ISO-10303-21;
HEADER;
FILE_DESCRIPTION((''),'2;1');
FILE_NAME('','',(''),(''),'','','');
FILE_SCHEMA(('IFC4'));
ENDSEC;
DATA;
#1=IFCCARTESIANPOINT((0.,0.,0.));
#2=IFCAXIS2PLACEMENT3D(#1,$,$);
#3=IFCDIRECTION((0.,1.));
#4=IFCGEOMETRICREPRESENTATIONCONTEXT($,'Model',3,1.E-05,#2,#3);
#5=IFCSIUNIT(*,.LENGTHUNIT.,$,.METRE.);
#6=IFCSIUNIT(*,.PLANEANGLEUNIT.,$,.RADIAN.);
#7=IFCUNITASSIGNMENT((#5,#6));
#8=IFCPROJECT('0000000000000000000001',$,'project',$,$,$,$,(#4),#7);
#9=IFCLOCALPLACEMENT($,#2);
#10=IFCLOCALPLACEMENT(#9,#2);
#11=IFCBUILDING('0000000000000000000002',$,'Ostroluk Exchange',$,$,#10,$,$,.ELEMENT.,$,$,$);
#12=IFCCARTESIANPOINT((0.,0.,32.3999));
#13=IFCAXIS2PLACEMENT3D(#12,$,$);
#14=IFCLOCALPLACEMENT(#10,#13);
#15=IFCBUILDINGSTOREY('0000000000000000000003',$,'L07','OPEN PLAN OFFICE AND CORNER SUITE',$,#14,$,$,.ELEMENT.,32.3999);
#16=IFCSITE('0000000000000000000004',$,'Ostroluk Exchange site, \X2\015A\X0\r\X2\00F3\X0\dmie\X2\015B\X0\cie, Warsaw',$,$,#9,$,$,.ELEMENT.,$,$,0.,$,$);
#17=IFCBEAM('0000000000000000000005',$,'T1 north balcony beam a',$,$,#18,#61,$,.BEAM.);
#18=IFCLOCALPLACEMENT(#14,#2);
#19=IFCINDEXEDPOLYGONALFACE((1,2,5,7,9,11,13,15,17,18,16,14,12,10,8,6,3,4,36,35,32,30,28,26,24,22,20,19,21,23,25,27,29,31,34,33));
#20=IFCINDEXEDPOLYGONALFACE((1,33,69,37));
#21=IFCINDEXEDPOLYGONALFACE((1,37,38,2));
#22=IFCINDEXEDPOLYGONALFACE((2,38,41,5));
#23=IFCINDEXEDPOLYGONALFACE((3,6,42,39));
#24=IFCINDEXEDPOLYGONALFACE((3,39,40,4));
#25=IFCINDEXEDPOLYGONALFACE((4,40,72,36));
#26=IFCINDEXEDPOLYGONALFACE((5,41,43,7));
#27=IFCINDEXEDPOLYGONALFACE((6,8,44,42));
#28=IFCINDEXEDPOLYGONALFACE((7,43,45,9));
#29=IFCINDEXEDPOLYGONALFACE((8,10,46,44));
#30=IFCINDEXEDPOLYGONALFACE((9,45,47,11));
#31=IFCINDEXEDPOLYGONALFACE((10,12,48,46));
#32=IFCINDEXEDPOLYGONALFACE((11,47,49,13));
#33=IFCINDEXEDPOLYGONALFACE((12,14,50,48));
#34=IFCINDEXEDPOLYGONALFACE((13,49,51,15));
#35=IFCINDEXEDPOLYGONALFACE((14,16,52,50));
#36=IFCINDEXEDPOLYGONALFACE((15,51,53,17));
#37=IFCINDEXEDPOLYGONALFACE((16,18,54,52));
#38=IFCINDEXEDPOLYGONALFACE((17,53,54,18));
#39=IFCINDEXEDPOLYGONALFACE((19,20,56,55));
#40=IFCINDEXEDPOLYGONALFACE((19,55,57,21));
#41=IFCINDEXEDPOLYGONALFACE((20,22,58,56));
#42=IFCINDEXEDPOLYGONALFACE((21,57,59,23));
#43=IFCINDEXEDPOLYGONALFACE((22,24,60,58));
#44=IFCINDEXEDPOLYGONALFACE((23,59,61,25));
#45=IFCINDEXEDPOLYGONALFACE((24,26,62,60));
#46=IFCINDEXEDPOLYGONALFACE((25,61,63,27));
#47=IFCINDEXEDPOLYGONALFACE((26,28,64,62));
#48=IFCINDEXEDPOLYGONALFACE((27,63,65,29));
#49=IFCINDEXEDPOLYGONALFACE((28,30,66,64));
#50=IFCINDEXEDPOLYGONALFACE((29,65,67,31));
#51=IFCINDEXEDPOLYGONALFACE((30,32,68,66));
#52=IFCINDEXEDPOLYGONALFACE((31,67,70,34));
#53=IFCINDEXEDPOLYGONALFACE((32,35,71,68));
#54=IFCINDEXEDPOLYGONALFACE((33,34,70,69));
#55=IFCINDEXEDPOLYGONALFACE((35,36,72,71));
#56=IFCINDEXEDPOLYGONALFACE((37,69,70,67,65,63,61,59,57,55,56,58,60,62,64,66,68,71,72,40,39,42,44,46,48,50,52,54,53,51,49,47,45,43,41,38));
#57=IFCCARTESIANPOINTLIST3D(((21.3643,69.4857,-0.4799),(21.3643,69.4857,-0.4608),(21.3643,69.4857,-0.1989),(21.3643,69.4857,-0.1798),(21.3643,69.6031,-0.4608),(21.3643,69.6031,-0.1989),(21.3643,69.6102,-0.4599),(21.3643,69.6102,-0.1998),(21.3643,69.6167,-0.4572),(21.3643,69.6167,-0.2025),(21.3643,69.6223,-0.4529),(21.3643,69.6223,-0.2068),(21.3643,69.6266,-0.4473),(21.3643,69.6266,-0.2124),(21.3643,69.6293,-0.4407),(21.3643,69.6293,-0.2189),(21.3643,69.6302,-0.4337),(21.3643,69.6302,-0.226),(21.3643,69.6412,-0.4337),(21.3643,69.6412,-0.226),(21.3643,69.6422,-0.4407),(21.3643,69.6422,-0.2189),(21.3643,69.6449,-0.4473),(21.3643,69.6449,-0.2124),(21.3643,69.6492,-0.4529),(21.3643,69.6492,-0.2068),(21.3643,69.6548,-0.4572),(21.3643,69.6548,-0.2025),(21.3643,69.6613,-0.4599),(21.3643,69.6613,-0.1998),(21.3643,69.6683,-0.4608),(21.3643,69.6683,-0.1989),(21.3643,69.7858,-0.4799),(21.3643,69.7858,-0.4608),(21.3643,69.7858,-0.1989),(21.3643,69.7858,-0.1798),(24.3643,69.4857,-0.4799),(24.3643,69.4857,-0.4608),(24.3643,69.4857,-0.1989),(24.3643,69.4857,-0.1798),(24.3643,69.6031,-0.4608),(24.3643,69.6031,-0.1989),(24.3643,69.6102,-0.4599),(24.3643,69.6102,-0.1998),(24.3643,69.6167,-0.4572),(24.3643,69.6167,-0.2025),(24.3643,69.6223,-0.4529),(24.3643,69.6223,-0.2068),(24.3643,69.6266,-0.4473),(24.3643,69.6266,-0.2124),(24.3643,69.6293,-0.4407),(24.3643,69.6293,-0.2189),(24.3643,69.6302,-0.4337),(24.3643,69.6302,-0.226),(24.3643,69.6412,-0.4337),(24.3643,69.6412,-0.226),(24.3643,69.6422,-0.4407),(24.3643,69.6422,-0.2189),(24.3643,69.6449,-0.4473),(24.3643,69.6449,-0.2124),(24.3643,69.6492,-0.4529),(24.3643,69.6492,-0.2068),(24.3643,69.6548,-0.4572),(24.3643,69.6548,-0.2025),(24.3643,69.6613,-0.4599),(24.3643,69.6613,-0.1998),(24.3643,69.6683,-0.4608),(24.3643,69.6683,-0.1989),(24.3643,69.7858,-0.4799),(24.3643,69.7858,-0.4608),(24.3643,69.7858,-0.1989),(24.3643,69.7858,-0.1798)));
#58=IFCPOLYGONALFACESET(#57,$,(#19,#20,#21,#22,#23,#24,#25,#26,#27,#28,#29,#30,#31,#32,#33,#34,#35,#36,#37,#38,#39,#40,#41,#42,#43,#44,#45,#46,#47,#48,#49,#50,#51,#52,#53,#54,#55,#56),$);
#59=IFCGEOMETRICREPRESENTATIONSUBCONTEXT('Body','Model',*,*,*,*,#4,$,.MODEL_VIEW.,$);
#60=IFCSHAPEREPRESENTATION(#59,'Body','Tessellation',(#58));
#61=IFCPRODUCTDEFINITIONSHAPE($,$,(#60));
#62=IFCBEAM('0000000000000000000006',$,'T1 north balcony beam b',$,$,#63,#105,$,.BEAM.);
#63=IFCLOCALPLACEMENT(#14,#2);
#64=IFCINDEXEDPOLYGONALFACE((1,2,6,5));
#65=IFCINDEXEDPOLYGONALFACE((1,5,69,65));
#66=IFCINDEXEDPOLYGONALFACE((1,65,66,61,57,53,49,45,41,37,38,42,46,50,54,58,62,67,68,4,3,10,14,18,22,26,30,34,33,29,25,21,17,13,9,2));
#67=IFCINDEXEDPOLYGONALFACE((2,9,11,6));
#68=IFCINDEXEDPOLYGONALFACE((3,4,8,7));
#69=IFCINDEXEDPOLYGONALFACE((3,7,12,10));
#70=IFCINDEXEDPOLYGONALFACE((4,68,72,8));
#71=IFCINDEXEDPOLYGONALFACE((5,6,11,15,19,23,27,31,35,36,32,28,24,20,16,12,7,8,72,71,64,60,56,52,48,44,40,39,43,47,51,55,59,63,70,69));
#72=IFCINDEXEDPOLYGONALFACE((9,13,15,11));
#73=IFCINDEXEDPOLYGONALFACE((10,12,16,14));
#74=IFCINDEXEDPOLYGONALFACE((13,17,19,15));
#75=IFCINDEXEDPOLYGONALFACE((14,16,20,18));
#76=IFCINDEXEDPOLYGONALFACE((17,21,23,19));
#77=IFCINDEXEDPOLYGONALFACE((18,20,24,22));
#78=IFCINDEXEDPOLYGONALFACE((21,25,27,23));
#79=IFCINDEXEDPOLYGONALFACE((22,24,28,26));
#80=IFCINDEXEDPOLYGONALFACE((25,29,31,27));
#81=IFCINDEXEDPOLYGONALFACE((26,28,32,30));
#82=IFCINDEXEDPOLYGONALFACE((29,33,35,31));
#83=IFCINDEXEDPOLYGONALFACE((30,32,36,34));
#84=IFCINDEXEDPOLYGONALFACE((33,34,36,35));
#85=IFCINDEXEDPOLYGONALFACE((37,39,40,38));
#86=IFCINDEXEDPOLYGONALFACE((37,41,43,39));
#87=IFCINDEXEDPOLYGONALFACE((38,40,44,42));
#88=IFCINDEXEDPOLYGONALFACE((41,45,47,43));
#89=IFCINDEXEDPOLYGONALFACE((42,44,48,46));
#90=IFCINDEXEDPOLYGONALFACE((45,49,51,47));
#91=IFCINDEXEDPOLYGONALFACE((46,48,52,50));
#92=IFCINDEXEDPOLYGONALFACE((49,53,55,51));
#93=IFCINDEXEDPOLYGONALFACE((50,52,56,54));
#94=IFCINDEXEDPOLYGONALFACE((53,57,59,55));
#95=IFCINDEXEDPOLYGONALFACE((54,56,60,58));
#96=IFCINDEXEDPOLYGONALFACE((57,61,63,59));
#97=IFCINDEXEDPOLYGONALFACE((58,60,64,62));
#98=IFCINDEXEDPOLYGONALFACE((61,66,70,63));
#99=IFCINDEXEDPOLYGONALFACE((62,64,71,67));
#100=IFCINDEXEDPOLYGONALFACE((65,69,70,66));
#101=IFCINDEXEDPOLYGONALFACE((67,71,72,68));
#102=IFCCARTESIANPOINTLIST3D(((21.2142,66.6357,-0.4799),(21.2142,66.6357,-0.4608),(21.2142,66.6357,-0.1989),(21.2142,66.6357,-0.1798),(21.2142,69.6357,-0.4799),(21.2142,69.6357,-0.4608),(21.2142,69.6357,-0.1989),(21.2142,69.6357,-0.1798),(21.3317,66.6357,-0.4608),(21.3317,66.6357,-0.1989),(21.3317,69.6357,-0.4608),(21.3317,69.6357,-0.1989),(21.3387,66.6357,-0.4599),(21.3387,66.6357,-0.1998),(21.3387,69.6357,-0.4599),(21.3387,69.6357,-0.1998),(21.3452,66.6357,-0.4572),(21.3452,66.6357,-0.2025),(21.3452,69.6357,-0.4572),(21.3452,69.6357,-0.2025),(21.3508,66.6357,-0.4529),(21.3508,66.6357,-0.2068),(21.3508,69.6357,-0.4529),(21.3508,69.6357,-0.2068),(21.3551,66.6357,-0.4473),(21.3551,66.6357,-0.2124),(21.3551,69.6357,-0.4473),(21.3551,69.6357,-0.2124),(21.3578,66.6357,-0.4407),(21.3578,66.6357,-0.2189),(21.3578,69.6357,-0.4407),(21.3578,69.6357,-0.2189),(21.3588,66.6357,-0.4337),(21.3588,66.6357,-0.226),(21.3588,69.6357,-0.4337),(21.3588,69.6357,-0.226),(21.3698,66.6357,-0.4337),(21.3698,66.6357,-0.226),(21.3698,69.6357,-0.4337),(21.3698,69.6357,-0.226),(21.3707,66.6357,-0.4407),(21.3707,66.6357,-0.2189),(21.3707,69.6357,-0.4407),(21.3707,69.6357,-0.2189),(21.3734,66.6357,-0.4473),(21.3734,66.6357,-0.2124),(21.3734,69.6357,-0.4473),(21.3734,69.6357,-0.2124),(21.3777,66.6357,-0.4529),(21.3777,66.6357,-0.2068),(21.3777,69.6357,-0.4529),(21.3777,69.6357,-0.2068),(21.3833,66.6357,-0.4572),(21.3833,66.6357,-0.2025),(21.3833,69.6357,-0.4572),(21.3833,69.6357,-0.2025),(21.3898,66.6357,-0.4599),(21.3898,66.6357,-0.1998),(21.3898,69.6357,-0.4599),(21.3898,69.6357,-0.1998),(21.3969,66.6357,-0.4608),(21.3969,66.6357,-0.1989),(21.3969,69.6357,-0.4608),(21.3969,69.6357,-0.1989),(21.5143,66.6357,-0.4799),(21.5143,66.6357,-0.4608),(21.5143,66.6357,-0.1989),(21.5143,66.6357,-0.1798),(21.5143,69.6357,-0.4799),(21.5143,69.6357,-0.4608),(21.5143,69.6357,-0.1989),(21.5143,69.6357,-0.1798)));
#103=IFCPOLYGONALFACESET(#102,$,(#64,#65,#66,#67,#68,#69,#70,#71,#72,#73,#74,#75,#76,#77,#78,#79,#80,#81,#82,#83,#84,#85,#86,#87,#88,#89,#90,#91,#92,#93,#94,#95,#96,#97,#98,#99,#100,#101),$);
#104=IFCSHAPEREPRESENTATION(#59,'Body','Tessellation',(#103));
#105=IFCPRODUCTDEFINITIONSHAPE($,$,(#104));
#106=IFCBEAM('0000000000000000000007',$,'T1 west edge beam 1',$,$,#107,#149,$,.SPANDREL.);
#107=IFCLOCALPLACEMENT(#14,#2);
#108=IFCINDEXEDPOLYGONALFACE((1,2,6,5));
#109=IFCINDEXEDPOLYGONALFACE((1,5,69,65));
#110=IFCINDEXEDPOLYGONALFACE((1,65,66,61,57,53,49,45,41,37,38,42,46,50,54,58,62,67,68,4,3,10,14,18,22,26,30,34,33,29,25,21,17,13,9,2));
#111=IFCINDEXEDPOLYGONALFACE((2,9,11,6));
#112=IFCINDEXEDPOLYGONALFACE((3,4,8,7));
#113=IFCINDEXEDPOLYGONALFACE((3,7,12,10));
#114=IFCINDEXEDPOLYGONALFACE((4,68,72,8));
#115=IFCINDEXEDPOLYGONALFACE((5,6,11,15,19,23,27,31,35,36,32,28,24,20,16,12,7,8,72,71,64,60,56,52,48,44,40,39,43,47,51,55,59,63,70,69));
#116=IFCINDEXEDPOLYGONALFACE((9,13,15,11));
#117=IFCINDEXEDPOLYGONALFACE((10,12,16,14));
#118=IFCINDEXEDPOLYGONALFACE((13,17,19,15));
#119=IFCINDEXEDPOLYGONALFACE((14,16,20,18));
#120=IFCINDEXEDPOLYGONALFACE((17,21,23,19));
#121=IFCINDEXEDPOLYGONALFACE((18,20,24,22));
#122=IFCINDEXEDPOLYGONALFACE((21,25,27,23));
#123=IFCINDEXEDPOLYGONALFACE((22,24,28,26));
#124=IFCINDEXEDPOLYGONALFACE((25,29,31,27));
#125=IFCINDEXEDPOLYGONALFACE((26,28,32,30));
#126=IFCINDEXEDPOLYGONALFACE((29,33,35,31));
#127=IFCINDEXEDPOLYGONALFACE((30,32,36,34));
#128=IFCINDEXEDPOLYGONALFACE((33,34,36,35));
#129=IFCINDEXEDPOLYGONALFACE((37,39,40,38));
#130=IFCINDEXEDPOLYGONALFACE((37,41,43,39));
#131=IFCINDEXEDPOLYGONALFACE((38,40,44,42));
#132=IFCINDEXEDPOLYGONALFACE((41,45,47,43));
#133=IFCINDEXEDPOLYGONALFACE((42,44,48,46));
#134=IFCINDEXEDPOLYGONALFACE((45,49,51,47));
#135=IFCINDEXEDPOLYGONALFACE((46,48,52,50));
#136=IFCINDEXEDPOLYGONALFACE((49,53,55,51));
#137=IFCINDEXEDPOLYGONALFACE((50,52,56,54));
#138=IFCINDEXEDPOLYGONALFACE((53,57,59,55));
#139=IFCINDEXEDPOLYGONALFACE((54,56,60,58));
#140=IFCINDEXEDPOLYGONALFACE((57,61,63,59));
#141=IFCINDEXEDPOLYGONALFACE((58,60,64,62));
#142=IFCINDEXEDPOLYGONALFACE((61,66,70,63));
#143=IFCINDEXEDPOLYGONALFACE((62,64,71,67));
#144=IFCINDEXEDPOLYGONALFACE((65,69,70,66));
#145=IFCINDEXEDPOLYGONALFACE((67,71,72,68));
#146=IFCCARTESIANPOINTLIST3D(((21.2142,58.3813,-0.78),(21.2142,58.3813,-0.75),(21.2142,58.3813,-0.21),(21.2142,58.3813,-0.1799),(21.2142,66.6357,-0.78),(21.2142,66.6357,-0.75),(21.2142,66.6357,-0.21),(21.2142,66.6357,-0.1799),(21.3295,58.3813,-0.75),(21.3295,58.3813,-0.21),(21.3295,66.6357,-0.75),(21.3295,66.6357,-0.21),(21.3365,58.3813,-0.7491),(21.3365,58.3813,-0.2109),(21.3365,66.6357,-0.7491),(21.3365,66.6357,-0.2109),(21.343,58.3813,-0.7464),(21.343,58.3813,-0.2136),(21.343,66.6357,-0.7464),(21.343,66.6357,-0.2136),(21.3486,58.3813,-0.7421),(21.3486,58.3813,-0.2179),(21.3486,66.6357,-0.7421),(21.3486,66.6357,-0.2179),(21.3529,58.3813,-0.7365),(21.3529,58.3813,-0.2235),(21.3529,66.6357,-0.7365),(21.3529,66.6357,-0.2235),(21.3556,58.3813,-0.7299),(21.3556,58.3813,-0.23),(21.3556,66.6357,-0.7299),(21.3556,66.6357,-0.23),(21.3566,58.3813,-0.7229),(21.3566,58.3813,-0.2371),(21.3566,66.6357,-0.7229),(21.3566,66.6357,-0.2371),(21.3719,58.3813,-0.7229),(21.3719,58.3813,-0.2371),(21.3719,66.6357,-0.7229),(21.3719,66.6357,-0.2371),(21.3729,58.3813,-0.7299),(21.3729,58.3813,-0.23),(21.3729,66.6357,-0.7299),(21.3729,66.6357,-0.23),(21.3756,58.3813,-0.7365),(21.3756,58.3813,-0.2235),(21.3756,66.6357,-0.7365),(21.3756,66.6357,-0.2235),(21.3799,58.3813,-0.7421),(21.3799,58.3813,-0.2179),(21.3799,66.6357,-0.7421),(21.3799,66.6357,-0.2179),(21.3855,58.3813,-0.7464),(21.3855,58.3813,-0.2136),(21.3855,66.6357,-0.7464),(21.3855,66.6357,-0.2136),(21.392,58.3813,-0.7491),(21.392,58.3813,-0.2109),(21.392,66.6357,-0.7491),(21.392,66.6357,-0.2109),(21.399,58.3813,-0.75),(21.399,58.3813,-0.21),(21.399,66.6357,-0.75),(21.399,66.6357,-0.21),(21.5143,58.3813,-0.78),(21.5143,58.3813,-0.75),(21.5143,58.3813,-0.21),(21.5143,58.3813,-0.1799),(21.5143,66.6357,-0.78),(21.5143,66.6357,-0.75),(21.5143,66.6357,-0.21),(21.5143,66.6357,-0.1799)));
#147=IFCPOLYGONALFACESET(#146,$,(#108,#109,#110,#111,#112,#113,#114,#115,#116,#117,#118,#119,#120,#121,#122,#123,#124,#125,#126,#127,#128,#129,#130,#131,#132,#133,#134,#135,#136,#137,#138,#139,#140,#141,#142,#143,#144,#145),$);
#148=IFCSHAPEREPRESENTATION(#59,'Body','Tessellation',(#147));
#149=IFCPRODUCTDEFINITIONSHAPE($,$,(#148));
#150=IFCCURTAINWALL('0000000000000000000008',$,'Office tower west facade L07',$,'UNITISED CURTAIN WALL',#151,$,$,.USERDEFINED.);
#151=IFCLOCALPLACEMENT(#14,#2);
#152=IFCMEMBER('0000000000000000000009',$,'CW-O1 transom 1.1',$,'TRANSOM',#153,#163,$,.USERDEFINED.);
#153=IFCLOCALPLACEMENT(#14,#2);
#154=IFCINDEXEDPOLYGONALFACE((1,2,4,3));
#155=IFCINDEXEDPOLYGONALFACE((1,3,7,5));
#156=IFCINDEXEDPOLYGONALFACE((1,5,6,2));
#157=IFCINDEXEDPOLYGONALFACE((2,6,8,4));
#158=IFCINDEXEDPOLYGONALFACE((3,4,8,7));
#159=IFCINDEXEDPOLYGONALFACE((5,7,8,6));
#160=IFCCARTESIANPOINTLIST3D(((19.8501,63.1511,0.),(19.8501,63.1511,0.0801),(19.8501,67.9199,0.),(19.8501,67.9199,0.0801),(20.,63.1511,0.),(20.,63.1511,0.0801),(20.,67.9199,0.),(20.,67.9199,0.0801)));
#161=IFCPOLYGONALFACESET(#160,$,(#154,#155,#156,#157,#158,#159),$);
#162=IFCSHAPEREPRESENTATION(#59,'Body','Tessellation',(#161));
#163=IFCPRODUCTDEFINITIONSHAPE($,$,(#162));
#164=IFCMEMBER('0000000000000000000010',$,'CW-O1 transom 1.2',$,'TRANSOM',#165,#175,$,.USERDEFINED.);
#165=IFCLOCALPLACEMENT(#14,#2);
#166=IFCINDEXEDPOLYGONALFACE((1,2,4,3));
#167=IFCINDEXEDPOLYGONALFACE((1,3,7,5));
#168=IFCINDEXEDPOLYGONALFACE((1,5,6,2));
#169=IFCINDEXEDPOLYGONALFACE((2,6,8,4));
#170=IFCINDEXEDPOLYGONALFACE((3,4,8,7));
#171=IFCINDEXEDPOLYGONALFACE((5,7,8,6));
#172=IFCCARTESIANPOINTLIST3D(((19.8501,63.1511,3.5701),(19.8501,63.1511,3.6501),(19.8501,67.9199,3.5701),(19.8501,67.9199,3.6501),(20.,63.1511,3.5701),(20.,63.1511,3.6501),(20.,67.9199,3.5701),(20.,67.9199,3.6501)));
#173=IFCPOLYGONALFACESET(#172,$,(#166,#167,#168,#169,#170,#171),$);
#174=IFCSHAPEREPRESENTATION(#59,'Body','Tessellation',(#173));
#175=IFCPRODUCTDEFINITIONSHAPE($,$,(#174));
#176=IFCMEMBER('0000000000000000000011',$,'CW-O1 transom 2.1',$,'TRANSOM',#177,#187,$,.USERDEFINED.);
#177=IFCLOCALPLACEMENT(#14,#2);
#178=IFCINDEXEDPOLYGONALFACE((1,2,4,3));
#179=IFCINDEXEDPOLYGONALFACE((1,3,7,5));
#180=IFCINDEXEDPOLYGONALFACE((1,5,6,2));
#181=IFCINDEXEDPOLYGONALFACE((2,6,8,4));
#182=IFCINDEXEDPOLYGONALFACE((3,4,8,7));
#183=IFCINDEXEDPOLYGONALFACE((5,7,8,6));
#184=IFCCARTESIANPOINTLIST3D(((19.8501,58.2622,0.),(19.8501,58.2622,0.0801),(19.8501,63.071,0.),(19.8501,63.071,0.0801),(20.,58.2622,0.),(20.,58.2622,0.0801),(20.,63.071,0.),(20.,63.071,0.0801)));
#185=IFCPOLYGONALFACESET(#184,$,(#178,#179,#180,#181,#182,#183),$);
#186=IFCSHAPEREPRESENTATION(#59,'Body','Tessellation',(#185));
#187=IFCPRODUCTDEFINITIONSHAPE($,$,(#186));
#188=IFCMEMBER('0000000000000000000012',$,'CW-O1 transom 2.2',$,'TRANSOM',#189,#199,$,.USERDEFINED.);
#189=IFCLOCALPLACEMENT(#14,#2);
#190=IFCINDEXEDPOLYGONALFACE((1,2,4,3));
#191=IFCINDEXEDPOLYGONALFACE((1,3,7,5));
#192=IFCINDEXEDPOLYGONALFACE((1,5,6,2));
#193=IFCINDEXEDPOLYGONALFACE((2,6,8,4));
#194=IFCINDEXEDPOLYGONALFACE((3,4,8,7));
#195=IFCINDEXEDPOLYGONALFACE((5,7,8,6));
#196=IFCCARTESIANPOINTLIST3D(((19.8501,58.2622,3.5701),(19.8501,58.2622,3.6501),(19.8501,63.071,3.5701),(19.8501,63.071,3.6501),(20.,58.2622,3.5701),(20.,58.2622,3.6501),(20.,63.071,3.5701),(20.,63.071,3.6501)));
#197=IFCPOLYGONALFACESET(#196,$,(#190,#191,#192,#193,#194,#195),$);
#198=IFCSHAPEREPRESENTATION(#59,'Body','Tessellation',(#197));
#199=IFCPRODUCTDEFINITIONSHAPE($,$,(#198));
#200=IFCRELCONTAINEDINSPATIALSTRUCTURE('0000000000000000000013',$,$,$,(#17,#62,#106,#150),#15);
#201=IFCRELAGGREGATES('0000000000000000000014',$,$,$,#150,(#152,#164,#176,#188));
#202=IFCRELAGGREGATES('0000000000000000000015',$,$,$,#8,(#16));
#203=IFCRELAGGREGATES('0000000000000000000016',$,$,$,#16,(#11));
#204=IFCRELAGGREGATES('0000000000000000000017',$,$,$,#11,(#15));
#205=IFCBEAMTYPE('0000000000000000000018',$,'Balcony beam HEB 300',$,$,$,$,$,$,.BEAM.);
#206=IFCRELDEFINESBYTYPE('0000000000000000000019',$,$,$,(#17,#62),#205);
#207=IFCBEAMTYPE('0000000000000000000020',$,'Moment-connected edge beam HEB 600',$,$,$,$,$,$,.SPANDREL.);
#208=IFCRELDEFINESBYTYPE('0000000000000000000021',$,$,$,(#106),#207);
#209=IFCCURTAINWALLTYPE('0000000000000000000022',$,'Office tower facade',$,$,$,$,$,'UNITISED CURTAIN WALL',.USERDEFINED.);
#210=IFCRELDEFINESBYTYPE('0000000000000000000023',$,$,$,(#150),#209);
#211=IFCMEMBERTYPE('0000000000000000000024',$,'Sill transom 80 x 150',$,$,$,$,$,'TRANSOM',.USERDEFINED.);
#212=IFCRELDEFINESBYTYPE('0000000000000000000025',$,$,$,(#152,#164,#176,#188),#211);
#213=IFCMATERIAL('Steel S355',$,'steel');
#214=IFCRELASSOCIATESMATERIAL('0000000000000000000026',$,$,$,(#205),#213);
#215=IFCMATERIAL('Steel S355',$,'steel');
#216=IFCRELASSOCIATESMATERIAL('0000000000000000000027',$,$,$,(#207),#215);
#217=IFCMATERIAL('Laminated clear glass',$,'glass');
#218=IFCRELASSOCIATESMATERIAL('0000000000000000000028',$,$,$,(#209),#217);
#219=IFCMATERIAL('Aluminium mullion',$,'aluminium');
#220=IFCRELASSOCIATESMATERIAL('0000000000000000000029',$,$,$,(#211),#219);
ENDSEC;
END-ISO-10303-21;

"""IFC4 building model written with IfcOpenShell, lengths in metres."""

from ifc_helpers import new_model, si_unit, direction, frame, origin, origin_2d, place, context, subcontext, project, spatial, rectangle, i_section, extrude, material, material_profile, profile_set, type_object, element, aggregate, save


model = new_model("IFC4")

# Units and contexts
model_context = context("Model", 3, precision=1e-05, world=origin(), true_north=direction((0.0, 1.0)))
body_context = subcontext(model_context, "Body", "Model", "MODEL_VIEW")
ifc_project = project(units=[si_unit("LENGTHUNIT", "METRE"), si_unit("PLANEANGLEUNIT", "RADIAN")], contexts=[model_context])

# Site, building, storey
site_placement = place(None, origin())
site = spatial("IfcSite", under=ifc_project, at=site_placement, Name="Ostroluk Exchange site, Śródmieście, Warsaw", CompositionType="ELEMENT", RefElevation=0.0)
building_placement = place(site_placement, origin())
building = spatial("IfcBuilding", under=site, at=building_placement, Name="Ostroluk Exchange", CompositionType="ELEMENT")
storey_placement = place(building_placement, frame((0.0, 0.0, 32.3999)))
storey = spatial("IfcBuildingStorey", under=building, at=storey_placement, Name="L07", Description="OPEN PLAN OFFICE AND CORNER SUITE", CompositionType="ELEMENT", Elevation=32.3999)

# Beams
ifc_material_1 = material(Name="Steel S355", Category="steel")
ifc_material_profile_1 = material_profile(ifc_material_1, i_section(OverallWidth=0.3, OverallDepth=0.3, WebThickness=0.011, FlangeThickness=0.019, FilletRadius=0.0271, at=origin_2d()), Name="HEB 300")
ifc_profile_set_1 = profile_set([ifc_material_profile_1], Name="Steel S355")
beam_type_1 = type_object("IfcBeamType", Name="Balcony beam HEB 300", PredefinedType="BEAM", material=ifc_profile_set_1)
for number, where, z_axis, x_axis, name in (
    (1, (24.3643, 69.6357, -0.3298), (-1.0, 0.0, 0.0), (0.0, -1.0, 0.0), "T1 north balcony beam a"),
    (2, (21.3643, 66.6357, -0.3298), (0.0, 1.0, 0.0), (-1.0, 0.0, 0.0), "T1 north balcony beam b"),
):
    element("IfcBeam", number, at=place(storey_placement, frame(where, z_axis=z_axis, x_axis=x_axis)), inside=storey, type_object=beam_type_1, Name=name, PredefinedType="BEAM", context=body_context, shape_type="SweptSolid", body=[
        extrude(i_section(OverallWidth=0.3, OverallDepth=0.3, WebThickness=0.011, FlangeThickness=0.019, FilletRadius=0.0271, at=origin_2d()), origin(), (0.0, 0.0, 1.0), 3.0),
    ])
ifc_material_2 = material(Name="Steel S355", Category="steel")
ifc_material_profile_2 = material_profile(ifc_material_2, i_section(OverallWidth=0.3, OverallDepth=0.6001, WebThickness=0.0154, FlangeThickness=0.03, FilletRadius=0.0271, at=origin_2d()), Name="HEB 600")
ifc_profile_set_2 = profile_set([ifc_material_profile_2], Name="Steel S355")
beam_type_2 = type_object("IfcBeamType", Name="Moment-connected edge beam HEB 600", PredefinedType="SPANDREL", material=ifc_profile_set_2)
beam_placement = place(storey_placement, frame((21.3643, 66.6357, -0.48), z_axis=(0.0, -1.0, 0.0), x_axis=(1.0, 0.0, 0.0)))
element("IfcBeam", 3, at=beam_placement, inside=storey, type_object=beam_type_2, Name="T1 west edge beam 1", PredefinedType="SPANDREL", context=body_context, shape_type="SweptSolid", body=[
    extrude(i_section(OverallWidth=0.3, OverallDepth=0.6001, WebThickness=0.0154, FlangeThickness=0.03, FilletRadius=0.0271, at=origin_2d()), origin(), (0.0, 0.0, 1.0), 8.2544),
])

# Curtain wall, members
ifc_material_3 = material(Name="Laminated clear glass", Category="glass")
curtain_wall_type = type_object("IfcCurtainWallType", Name="Office tower facade", ElementType="UNITISED CURTAIN WALL", PredefinedType="USERDEFINED", material=ifc_material_3)
curtain_wall_1_placement = place(storey_placement, origin())
curtain_wall_1 = element("IfcCurtainWall", 4, at=curtain_wall_1_placement, inside=storey, type_object=curtain_wall_type, Name="Office tower west facade L07", ObjectType="UNITISED CURTAIN WALL", PredefinedType="USERDEFINED")
ifc_material_4 = material(Name="Aluminium mullion", Category="aluminium")
ifc_material_profile_3 = material_profile(ifc_material_4, rectangle(XDim=0.1499, YDim=0.0801, at=origin_2d()), Name="Sill transom 80 x 150")
ifc_profile_set_3 = profile_set([ifc_material_profile_3], Name="Aluminium mullion")
member_type_1 = type_object("IfcMemberType", Name="Sill transom 80 x 150", ElementType="TRANSOM", PredefinedType="USERDEFINED", material=ifc_profile_set_3)
member_1_placement = place(storey_placement, frame((19.925, 67.9199, 0.04), z_axis=(0.0, -1.0, 0.0), x_axis=(1.0, 0.0, 0.0)))
member_1 = element("IfcMember", 5, at=member_1_placement, type_object=member_type_1, Name="CW-O1 transom 1.1", ObjectType="TRANSOM", PredefinedType="USERDEFINED", context=body_context, shape_type="SweptSolid", body=[
    extrude(rectangle(XDim=0.1499, YDim=0.0801, at=origin_2d()), origin(), (0.0, 0.0, 1.0), 4.7688),
])
member_2_placement = place(storey_placement, frame((19.925, 67.9199, 3.6101), z_axis=(0.0, -1.0, 0.0), x_axis=(1.0, 0.0, 0.0)))
member_2 = element("IfcMember", 6, at=member_2_placement, type_object=member_type_1, Name="CW-O1 transom 1.2", ObjectType="TRANSOM", PredefinedType="USERDEFINED", context=body_context, shape_type="SweptSolid", body=[
    extrude(rectangle(XDim=0.1499, YDim=0.0801, at=origin_2d()), origin(), (0.0, 0.0, 1.0), 4.7688),
])
member_3_placement = place(storey_placement, frame((19.925, 63.071, 0.04), z_axis=(0.0, -1.0, 0.0), x_axis=(1.0, 0.0, 0.0)))
member_3 = element("IfcMember", 7, at=member_3_placement, type_object=member_type_1, Name="CW-O1 transom 2.1", ObjectType="TRANSOM", PredefinedType="USERDEFINED", context=body_context, shape_type="SweptSolid", body=[
    extrude(rectangle(XDim=0.1499, YDim=0.0801, at=origin_2d()), origin(), (0.0, 0.0, 1.0), 4.8088),
])
member_4_placement = place(storey_placement, frame((19.925, 63.071, 3.6101), z_axis=(0.0, -1.0, 0.0), x_axis=(1.0, 0.0, 0.0)))
member_4 = element("IfcMember", 8, at=member_4_placement, type_object=member_type_1, Name="CW-O1 transom 2.2", ObjectType="TRANSOM", PredefinedType="USERDEFINED", context=body_context, shape_type="SweptSolid", body=[
    extrude(rectangle(XDim=0.1499, YDim=0.0801, at=origin_2d()), origin(), (0.0, 0.0, 1.0), 4.8088),
])

aggregate(curtain_wall_1, [member_1, member_2, member_3, member_4])

save(model, "model.ifc")
